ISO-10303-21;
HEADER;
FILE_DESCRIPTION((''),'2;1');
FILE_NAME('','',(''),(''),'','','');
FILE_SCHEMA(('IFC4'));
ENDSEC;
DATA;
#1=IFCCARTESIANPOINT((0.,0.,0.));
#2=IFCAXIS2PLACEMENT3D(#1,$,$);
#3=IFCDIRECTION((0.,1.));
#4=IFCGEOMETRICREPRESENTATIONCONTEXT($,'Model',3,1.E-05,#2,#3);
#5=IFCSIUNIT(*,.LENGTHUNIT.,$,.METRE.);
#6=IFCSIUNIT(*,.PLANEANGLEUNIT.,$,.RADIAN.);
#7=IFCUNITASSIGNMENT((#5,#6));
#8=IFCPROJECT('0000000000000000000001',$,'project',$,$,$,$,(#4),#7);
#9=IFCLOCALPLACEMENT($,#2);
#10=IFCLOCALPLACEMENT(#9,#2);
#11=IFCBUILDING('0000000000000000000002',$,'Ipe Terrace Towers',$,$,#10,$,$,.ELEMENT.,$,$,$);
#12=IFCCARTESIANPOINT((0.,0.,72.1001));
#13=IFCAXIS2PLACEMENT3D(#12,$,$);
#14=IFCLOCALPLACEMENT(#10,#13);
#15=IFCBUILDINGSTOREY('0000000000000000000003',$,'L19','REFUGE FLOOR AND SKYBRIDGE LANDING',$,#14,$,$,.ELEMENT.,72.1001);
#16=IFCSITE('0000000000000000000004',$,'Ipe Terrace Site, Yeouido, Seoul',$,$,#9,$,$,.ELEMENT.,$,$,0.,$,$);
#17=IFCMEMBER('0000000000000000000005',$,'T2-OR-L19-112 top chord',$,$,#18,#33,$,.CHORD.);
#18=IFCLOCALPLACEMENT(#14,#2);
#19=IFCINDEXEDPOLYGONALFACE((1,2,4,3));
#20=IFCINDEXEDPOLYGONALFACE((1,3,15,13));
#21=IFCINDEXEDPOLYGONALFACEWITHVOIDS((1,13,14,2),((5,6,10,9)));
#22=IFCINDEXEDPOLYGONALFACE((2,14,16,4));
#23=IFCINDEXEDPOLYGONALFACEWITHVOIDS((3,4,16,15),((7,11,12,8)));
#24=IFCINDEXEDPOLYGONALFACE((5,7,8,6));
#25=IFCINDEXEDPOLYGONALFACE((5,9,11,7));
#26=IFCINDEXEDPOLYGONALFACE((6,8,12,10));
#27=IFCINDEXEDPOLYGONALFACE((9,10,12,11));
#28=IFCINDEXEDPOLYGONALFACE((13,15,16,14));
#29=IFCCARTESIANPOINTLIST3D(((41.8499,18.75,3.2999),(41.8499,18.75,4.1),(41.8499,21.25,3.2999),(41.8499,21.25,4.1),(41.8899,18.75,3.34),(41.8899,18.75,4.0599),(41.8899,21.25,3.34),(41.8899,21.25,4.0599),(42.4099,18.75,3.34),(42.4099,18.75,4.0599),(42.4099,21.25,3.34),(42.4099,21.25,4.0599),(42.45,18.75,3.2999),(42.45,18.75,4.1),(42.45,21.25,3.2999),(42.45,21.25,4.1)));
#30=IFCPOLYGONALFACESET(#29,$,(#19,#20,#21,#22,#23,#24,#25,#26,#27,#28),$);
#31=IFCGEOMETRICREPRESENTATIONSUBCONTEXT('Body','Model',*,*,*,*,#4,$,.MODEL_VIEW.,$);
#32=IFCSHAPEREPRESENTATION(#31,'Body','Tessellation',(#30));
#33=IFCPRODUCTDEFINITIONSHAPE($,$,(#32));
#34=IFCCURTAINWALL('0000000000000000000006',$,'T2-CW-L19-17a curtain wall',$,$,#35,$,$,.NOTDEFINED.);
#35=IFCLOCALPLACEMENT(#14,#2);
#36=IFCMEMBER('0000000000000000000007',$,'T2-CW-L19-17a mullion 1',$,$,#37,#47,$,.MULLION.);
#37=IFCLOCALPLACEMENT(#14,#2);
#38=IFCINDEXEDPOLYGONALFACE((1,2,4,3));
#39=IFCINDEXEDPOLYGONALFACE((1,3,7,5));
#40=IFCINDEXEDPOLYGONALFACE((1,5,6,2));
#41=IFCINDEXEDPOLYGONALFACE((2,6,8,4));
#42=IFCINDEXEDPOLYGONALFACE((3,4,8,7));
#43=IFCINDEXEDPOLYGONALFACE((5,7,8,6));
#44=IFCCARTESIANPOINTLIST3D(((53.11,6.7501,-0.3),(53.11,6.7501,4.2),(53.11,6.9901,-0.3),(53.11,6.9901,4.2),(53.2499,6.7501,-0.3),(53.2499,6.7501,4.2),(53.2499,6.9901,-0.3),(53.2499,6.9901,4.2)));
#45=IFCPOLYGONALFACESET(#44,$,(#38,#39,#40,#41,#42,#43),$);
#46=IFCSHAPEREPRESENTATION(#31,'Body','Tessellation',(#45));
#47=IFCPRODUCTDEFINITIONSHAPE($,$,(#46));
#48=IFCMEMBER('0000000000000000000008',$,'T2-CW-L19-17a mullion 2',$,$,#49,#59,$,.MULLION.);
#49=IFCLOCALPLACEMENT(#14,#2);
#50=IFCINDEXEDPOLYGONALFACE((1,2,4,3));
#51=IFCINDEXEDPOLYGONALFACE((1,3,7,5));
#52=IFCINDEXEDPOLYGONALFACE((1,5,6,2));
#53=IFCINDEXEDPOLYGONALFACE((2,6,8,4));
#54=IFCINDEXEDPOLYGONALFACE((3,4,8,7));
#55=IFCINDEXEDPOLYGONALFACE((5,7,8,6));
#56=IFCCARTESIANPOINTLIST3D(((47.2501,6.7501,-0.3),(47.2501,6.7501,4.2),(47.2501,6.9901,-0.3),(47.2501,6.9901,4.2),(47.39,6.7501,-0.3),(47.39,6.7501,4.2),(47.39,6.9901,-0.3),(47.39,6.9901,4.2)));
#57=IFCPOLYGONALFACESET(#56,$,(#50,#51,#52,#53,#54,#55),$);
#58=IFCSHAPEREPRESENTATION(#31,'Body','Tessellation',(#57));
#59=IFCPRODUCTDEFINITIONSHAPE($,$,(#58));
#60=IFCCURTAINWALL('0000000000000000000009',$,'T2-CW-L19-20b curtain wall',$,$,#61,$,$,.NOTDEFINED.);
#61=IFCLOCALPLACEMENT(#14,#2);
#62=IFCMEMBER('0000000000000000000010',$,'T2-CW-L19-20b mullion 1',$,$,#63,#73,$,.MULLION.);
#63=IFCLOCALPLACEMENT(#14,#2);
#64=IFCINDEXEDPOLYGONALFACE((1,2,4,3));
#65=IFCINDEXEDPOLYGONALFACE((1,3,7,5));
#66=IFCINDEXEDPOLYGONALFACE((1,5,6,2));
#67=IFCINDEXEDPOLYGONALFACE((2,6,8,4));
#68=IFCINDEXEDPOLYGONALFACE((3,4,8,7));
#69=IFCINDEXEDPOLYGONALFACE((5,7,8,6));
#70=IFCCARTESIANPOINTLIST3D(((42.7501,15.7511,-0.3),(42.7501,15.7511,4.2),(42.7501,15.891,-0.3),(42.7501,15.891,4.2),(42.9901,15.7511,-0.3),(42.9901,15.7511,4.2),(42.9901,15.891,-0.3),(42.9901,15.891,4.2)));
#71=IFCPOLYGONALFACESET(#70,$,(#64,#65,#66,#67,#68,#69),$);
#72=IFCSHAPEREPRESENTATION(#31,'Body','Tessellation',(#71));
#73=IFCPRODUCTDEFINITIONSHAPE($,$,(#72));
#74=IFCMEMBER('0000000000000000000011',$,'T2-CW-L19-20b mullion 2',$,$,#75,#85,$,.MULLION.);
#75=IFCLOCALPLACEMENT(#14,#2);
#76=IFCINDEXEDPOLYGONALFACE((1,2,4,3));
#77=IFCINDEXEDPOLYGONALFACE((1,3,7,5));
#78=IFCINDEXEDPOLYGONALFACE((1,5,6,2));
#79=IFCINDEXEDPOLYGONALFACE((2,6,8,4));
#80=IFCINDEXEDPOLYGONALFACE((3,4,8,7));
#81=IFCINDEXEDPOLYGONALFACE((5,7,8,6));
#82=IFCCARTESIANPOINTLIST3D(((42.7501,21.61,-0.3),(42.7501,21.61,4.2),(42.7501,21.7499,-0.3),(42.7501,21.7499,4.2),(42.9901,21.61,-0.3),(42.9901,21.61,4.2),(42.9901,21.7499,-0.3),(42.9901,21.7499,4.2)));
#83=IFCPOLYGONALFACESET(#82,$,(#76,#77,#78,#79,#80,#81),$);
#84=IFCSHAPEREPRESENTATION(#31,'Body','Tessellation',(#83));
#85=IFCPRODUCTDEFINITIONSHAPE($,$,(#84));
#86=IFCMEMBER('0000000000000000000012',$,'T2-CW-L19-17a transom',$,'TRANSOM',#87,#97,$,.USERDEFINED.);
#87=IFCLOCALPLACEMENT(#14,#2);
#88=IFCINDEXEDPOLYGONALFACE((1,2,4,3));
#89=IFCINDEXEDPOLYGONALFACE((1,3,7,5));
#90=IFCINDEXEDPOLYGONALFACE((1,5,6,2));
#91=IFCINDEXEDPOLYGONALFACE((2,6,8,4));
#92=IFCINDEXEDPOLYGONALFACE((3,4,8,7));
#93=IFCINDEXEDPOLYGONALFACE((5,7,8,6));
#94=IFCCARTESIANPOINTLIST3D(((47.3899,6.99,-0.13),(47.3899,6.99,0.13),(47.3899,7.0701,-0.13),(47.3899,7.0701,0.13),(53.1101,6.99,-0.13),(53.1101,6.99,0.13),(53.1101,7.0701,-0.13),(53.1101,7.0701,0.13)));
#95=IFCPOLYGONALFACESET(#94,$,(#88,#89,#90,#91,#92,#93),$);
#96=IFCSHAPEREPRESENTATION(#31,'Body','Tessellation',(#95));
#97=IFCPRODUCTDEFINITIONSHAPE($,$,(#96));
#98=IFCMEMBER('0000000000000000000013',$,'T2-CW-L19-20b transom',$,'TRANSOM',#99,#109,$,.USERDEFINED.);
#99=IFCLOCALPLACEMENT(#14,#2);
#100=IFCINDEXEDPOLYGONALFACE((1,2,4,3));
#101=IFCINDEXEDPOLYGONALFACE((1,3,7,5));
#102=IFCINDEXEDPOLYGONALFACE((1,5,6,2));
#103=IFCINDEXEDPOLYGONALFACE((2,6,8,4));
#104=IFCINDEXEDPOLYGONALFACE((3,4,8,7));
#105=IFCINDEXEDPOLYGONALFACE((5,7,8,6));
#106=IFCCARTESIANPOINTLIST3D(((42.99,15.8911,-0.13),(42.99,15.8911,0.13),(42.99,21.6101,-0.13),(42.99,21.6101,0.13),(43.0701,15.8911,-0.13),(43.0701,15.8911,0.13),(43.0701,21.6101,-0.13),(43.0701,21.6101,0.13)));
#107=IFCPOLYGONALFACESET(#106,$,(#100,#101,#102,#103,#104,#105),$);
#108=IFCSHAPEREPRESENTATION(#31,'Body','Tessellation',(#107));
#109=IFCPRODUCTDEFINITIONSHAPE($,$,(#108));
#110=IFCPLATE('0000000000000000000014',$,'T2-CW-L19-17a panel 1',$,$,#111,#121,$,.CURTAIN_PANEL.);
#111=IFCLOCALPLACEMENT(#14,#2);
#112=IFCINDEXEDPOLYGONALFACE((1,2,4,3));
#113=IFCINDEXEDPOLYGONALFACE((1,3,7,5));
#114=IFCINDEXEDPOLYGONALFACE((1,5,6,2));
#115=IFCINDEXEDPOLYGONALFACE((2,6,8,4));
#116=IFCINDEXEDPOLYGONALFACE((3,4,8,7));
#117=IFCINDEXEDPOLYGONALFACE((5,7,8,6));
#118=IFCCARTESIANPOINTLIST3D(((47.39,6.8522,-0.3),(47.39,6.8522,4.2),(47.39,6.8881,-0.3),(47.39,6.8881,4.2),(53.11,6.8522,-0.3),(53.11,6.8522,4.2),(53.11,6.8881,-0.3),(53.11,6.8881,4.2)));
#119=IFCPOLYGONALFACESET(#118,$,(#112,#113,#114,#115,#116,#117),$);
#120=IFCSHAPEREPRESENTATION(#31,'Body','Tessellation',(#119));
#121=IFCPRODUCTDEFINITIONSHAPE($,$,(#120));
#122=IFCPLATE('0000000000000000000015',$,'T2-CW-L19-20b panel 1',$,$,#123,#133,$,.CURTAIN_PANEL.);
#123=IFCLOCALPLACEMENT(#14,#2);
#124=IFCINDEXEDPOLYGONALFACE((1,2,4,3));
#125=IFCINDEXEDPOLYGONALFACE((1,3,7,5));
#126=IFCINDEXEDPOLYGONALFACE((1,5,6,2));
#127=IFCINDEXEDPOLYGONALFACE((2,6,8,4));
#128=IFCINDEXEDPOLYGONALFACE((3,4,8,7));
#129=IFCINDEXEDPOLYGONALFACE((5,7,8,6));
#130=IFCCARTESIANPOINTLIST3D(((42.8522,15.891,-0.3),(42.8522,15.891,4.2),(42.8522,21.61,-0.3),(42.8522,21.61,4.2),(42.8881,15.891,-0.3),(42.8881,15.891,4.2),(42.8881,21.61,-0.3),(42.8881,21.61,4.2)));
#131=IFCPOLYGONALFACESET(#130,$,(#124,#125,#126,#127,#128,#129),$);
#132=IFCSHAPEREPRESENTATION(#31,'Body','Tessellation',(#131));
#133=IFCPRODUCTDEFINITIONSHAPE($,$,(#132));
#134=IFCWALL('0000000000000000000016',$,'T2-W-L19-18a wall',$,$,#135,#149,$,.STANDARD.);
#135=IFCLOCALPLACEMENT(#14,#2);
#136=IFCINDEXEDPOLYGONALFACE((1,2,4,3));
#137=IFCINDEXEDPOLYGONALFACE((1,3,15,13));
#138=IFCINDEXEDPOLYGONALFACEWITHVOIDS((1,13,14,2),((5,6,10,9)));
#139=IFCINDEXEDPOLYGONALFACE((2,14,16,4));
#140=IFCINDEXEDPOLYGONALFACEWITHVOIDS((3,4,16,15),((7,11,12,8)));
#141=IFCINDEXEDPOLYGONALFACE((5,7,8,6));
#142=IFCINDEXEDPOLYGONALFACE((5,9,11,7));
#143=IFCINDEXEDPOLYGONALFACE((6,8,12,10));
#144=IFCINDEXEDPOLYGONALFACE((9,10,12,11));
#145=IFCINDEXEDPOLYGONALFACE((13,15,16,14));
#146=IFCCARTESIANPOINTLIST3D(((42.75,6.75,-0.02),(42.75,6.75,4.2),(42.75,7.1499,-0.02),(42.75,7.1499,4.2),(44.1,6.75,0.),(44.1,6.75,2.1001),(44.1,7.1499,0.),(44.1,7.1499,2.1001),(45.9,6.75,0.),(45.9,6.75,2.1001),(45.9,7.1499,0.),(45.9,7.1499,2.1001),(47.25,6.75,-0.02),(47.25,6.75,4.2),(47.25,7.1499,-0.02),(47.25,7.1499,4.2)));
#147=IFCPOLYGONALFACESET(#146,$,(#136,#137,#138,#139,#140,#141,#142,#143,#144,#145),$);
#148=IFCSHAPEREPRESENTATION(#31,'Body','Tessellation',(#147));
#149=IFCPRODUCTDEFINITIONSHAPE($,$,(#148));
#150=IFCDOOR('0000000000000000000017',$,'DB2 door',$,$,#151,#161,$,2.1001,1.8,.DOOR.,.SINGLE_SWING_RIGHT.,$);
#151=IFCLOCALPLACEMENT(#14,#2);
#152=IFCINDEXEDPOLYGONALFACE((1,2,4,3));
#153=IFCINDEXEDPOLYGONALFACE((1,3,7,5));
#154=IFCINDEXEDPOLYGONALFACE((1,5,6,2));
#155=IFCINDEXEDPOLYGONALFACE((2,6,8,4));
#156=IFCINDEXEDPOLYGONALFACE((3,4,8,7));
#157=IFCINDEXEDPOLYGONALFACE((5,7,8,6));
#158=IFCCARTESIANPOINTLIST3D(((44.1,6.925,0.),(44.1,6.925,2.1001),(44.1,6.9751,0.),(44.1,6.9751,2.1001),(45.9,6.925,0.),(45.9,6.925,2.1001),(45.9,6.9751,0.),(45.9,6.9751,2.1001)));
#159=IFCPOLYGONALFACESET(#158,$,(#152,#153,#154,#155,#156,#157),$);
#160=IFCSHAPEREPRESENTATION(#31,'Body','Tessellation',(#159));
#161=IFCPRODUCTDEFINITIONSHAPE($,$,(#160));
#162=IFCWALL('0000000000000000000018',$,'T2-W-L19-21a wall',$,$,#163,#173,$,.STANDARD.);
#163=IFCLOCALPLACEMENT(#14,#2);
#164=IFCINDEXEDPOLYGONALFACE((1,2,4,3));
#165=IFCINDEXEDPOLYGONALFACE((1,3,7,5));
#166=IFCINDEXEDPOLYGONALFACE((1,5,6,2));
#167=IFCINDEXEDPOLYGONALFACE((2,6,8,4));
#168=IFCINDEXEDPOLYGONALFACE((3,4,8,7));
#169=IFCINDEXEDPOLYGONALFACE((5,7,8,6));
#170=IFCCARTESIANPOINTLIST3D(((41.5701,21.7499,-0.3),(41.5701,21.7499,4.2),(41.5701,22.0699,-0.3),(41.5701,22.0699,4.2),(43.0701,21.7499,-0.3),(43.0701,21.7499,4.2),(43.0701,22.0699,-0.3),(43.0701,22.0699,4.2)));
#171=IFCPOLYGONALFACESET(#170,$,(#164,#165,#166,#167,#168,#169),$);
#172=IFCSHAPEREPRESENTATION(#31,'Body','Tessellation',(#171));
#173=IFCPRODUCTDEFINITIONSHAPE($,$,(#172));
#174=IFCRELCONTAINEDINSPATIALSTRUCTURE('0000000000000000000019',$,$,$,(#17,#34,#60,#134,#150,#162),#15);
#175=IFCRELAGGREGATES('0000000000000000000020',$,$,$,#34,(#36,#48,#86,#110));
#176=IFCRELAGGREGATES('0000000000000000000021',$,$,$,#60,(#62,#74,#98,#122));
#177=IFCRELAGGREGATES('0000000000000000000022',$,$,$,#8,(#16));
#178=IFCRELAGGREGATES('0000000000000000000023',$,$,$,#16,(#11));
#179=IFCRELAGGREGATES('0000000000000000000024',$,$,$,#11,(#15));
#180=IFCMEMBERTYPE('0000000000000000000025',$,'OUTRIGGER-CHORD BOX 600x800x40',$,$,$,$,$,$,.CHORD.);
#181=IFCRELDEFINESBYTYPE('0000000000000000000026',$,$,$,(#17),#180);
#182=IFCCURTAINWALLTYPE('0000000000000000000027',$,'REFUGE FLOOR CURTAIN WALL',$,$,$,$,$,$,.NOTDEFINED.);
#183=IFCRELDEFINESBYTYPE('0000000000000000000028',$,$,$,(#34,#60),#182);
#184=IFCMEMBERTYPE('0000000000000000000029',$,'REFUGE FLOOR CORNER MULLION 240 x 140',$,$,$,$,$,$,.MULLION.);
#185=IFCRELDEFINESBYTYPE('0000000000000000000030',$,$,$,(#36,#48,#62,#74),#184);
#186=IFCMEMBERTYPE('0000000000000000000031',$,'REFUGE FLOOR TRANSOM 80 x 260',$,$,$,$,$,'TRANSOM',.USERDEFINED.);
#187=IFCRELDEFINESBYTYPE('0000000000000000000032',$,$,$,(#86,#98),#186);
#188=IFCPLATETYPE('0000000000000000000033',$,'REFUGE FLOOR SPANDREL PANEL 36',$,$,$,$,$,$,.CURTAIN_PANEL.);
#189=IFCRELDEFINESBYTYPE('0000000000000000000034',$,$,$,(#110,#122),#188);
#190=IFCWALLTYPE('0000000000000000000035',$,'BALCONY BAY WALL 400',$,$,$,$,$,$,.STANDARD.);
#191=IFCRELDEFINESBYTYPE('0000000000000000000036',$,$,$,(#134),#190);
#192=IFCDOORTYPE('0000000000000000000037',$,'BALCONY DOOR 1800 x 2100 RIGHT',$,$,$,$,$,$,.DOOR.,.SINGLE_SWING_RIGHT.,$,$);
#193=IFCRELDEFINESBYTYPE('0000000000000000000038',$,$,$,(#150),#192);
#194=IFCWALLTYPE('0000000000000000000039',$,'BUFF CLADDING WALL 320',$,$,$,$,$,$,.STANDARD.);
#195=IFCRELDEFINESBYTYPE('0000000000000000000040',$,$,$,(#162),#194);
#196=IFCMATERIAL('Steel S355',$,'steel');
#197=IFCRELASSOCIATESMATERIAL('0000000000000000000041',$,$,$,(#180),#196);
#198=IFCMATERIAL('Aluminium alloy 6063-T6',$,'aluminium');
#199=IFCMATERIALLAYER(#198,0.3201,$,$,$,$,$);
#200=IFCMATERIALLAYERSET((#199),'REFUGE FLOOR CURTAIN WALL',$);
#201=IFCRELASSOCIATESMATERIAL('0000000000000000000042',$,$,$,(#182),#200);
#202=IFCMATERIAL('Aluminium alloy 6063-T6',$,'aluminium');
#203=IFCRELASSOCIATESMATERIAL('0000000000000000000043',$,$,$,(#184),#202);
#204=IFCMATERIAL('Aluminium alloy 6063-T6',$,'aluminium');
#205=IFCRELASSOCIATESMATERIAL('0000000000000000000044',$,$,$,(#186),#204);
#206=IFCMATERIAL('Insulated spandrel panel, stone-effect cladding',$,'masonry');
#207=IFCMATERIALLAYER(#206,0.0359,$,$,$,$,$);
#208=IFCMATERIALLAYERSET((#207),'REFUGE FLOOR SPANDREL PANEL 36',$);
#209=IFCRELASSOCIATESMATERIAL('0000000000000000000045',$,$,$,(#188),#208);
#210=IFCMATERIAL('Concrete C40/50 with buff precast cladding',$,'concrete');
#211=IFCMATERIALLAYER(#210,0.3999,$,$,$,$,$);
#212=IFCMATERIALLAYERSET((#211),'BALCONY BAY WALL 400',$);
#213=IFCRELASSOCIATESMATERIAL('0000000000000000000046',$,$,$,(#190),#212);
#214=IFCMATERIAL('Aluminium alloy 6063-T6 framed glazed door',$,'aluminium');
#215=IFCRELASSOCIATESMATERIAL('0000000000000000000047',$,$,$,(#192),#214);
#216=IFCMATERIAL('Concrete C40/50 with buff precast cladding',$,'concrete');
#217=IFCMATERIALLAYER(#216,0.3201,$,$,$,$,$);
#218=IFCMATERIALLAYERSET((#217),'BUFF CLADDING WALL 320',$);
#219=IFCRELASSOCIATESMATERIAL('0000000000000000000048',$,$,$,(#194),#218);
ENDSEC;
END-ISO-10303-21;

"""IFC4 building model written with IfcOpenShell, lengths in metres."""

from ifc_helpers import new_model, si_unit, direction, frame, frame_2d, origin, origin_2d, place, context, subcontext, project, spatial, rectangle, hollow_rectangle, extrude, material, layer, layer_set, material_profile, profile_set, type_object, element, fill, aggregate, save


model = new_model("IFC4")

# Units and contexts
model_context = context("Model", 3, precision=1e-05, world=origin(), true_north=direction((0.0, 1.0)))
body_context = subcontext(model_context, "Body", "Model", "MODEL_VIEW")
ifc_project = project(units=[si_unit("LENGTHUNIT", "METRE"), si_unit("PLANEANGLEUNIT", "RADIAN")], contexts=[model_context])

# Site, building, storey
site_placement = place(None, origin())
site = spatial("IfcSite", under=ifc_project, at=site_placement, Name="Ipe Terrace Site, Yeouido, Seoul", CompositionType="ELEMENT", RefElevation=0.0)
building_placement = place(site_placement, origin())
building = spatial("IfcBuilding", under=site, at=building_placement, Name="Ipe Terrace Towers", CompositionType="ELEMENT")
storey_placement = place(building_placement, frame((0.0, 0.0, 72.1001)))
storey = spatial("IfcBuildingStorey", under=building, at=storey_placement, Name="L19", Description="REFUGE FLOOR AND SKYBRIDGE LANDING", CompositionType="ELEMENT", Elevation=72.1001)

# Member
ifc_material_1 = material(Name="Steel S355", Category="steel")
ifc_material_profile_1 = material_profile(ifc_material_1, hollow_rectangle(XDim=0.6001, YDim=0.8, WallThickness=0.04, at=origin_2d()), Name="OUTRIGGER-CHORD BOX 600x800x40")
ifc_profile_set_1 = profile_set([ifc_material_profile_1], Name="Steel S355")
member_type_1 = type_object("IfcMemberType", Name="OUTRIGGER-CHORD BOX 600x800x40", PredefinedType="CHORD", material=ifc_profile_set_1)
member_1_placement = place(storey_placement, frame((42.1499, 18.75, 3.7), z_axis=(0.0, 1.0, 0.0), x_axis=(-1.0, 0.0, 0.0)))
element("IfcMember", 1, at=member_1_placement, inside=storey, type_object=member_type_1, Name="T2-OR-L19-112 top chord", PredefinedType="CHORD", context=body_context, shape_type="SweptSolid", body=[
    extrude(hollow_rectangle(XDim=0.6001, YDim=0.8, WallThickness=0.04, at=origin_2d()), origin(), (0.0, 0.0, 1.0), 2.5),
])

# Curtain walls, members
ifc_material_2 = material(Name="Aluminium alloy 6063-T6", Category="aluminium")
ifc_layer_1 = layer(ifc_material_2, 0.3201)
ifc_layer_set_1 = layer_set([ifc_layer_1], Name="REFUGE FLOOR CURTAIN WALL")
curtain_wall_type = type_object("IfcCurtainWallType", Name="REFUGE FLOOR CURTAIN WALL", PredefinedType="NOTDEFINED", material=ifc_layer_set_1)
curtain_wall_1_placement = place(storey_placement, origin())
curtain_wall_1 = element("IfcCurtainWall", 2, at=curtain_wall_1_placement, inside=storey, type_object=curtain_wall_type, Name="T2-CW-L19-17a curtain wall", PredefinedType="NOTDEFINED")
ifc_material_3 = material(Name="Aluminium alloy 6063-T6", Category="aluminium")
ifc_material_profile_2 = material_profile(ifc_material_3, rectangle(XDim=0.24, YDim=0.1399, at=origin_2d()), Name="REFUGE FLOOR CORNER MULLION 240 x 140")
ifc_profile_set_2 = profile_set([ifc_material_profile_2], Name="Aluminium alloy 6063-T6")
member_type_2 = type_object("IfcMemberType", Name="REFUGE FLOOR CORNER MULLION 240 x 140", PredefinedType="MULLION", material=ifc_profile_set_2)
member_2_placement = place(storey_placement, frame((53.1799, 6.8701, -0.3), z_axis=(0.0, 0.0, 1.0), x_axis=(0.0, 1.0, 0.0)))
member_2 = element("IfcMember", 3, at=member_2_placement, type_object=member_type_2, Name="T2-CW-L19-17a mullion 1", PredefinedType="MULLION", context=body_context, shape_type="SweptSolid", body=[
    extrude(rectangle(XDim=0.24, YDim=0.1399, at=origin_2d()), origin(), (0.0, 0.0, 1.0), 4.5),
])
member_3_placement = place(storey_placement, frame((47.3201, 6.8701, -0.3), z_axis=(0.0, 0.0, 1.0), x_axis=(0.0, 1.0, 0.0)))
member_3 = element("IfcMember", 4, at=member_3_placement, type_object=member_type_2, Name="T2-CW-L19-17a mullion 2", PredefinedType="MULLION", context=body_context, shape_type="SweptSolid", body=[
    extrude(rectangle(XDim=0.24, YDim=0.1399, at=origin_2d()), origin(), (0.0, 0.0, 1.0), 4.5),
])
curtain_wall_2_placement = place(storey_placement, origin())
curtain_wall_2 = element("IfcCurtainWall", 5, at=curtain_wall_2_placement, inside=storey, type_object=curtain_wall_type, Name="T2-CW-L19-20b curtain wall", PredefinedType="NOTDEFINED")
member_4_placement = place(storey_placement, frame((42.8701, 15.821, -0.3), z_axis=(0.0, 0.0, 1.0), x_axis=(1.0, 0.0, 0.0)))
member_4 = element("IfcMember", 6, at=member_4_placement, type_object=member_type_2, Name="T2-CW-L19-20b mullion 1", PredefinedType="MULLION", context=body_context, shape_type="SweptSolid", body=[
    extrude(rectangle(XDim=0.24, YDim=0.1399, at=origin_2d()), origin(), (0.0, 0.0, 1.0), 4.5),
])
member_5_placement = place(storey_placement, frame((42.8701, 21.6799, -0.3), z_axis=(0.0, 0.0, 1.0), x_axis=(1.0, 0.0, 0.0)))
member_5 = element("IfcMember", 7, at=member_5_placement, type_object=member_type_2, Name="T2-CW-L19-20b mullion 2", PredefinedType="MULLION", context=body_context, shape_type="SweptSolid", body=[
    extrude(rectangle(XDim=0.24, YDim=0.1399, at=origin_2d()), origin(), (0.0, 0.0, 1.0), 4.5),
])

# Members
ifc_material_4 = material(Name="Aluminium alloy 6063-T6", Category="aluminium")
ifc_material_profile_3 = material_profile(ifc_material_4, rectangle(XDim=0.0801, YDim=0.26, at=origin_2d()), Name="REFUGE FLOOR TRANSOM 80 x 260")
ifc_profile_set_3 = profile_set([ifc_material_profile_3], Name="Aluminium alloy 6063-T6")
member_type_3 = type_object("IfcMemberType", Name="REFUGE FLOOR TRANSOM 80 x 260", ElementType="TRANSOM", PredefinedType="USERDEFINED", material=ifc_profile_set_3)
member_6_placement = place(storey_placement, frame((53.1101, 7.03, 0.0), z_axis=(-1.0, 0.0, 0.0), x_axis=(0.0, 1.0, 0.0)))
member_6 = element("IfcMember", 8, at=member_6_placement, type_object=member_type_3, Name="T2-CW-L19-17a transom", ObjectType="TRANSOM", PredefinedType="USERDEFINED", context=body_context, shape_type="SweptSolid", body=[
    extrude(rectangle(XDim=0.0801, YDim=0.26, at=origin_2d()), origin(), (0.0, 0.0, 1.0), 5.7202),
])
member_7_placement = place(storey_placement, frame((43.03, 15.8911, 0.0), z_axis=(0.0, 1.0, 0.0), x_axis=(1.0, 0.0, 0.0)))
member_7 = element("IfcMember", 9, at=member_7_placement, type_object=member_type_3, Name="T2-CW-L19-20b transom", ObjectType="TRANSOM", PredefinedType="USERDEFINED", context=body_context, shape_type="SweptSolid", body=[
    extrude(rectangle(XDim=0.0801, YDim=0.26, at=origin_2d()), origin(), (0.0, 0.0, 1.0), 5.719),
])

# Plates
ifc_material_5 = material(Name="Insulated spandrel panel, stone-effect cladding", Category="masonry")
ifc_layer_2 = layer(ifc_material_5, 0.0359)
ifc_layer_set_2 = layer_set([ifc_layer_2], Name="REFUGE FLOOR SPANDREL PANEL 36")
plate_type = type_object("IfcPlateType", Name="REFUGE FLOOR SPANDREL PANEL 36", PredefinedType="CURTAIN_PANEL", material=ifc_layer_set_2)
plate_1_placement = place(storey_placement, frame((50.25, 6.8701, -0.3), z_axis=(0.0, 0.0, 1.0), x_axis=(-1.0, 0.0, 0.0)))
plate_1 = element("IfcPlate", 10, at=plate_1_placement, type_object=plate_type, Name="T2-CW-L19-17a panel 1", PredefinedType="CURTAIN_PANEL", context=body_context, shape_type="SweptSolid", body=[
    extrude(rectangle(XDim=5.72, YDim=0.0359, at=origin_2d()), origin(), (0.0, 0.0, 1.0), 4.5),
])
aggregate(curtain_wall_1, [member_2, member_3, member_6, plate_1])
plate_2_placement = place(storey_placement, frame((42.8701, 18.7505, -0.3), z_axis=(0.0, 0.0, 1.0), x_axis=(0.0, 1.0, 0.0)))
plate_2 = element("IfcPlate", 11, at=plate_2_placement, type_object=plate_type, Name="T2-CW-L19-20b panel 1", PredefinedType="CURTAIN_PANEL", context=body_context, shape_type="SweptSolid", body=[
    extrude(rectangle(XDim=5.719, YDim=0.0359, at=origin_2d()), origin(), (0.0, 0.0, 1.0), 4.5),
])
aggregate(curtain_wall_2, [member_4, member_5, member_7, plate_2])

# Wall, opening, door
ifc_material_6 = material(Name="Concrete C40/50 with buff precast cladding", Category="concrete")
ifc_layer_3 = layer(ifc_material_6, 0.3999)
ifc_layer_set_3 = layer_set([ifc_layer_3], Name="BALCONY BAY WALL 400")
wall_type_1 = type_object("IfcWallType", Name="BALCONY BAY WALL 400", PredefinedType="STANDARD", material=ifc_layer_set_3)
wall_1_placement = place(storey_placement, frame((47.25, 6.95, -0.02), z_axis=(0.0, 0.0, 1.0), x_axis=(-1.0, 0.0, 0.0)))
wall_1 = element("IfcWall", 12, at=wall_1_placement, inside=storey, type_object=wall_type_1, Name="T2-W-L19-18a wall", PredefinedType="STANDARD", context=body_context, shape_type="SweptSolid", body=[
    extrude(rectangle(XDim=4.5, YDim=0.3999, at=frame_2d((2.25, 0.0))), origin(), (0.0, 0.0, 1.0), 4.22),
])
opening_placement = place(wall_1_placement, frame((1.3501, 0.0, 0.02)))
opening = element("IfcOpeningElement", 13, at=opening_placement, cuts=wall_1, PredefinedType="OPENING", context=body_context, shape_type="SweptSolid", body=[
    extrude(rectangle(XDim=1.8, YDim=2.1001, at=frame_2d((0.8999, 1.05))), frame((0.0, 0.21, 0.0), z_axis=(0.0, -1.0, 0.0), x_axis=(1.0, 0.0, 0.0)), (0.0, 0.0, 1.0), 0.4199),
])
ifc_material_7 = material(Name="Aluminium alloy 6063-T6 framed glazed door", Category="aluminium")
door_type = type_object("IfcDoorType", Name="BALCONY DOOR 1800 x 2100 RIGHT", OperationType="SINGLE_SWING_RIGHT", PredefinedType="DOOR", material=ifc_material_7)
door_placement = place(opening_placement, origin())
door = element("IfcDoor", 14, at=door_placement, inside=storey, type_object=door_type, Name="DB2 door", OperationType="SINGLE_SWING_RIGHT", OverallHeight=2.1001, OverallWidth=1.8, PredefinedType="DOOR", context=body_context, shape_type="SweptSolid", body=[
    extrude(rectangle(XDim=1.8, YDim=2.1001, at=frame_2d((0.8999, 1.05))), frame((0.0, 0.0249, 0.0), z_axis=(0.0, -1.0, 0.0), x_axis=(1.0, 0.0, 0.0)), (0.0, 0.0, 1.0), 0.05),
])
fill(opening, door)

# Wall
ifc_material_8 = material(Name="Concrete C40/50 with buff precast cladding", Category="concrete")
ifc_layer_4 = layer(ifc_material_8, 0.3201)
ifc_layer_set_4 = layer_set([ifc_layer_4], Name="BUFF CLADDING WALL 320")
wall_type_2 = type_object("IfcWallType", Name="BUFF CLADDING WALL 320", PredefinedType="STANDARD", material=ifc_layer_set_4)
wall_2_placement = place(storey_placement, frame((43.0701, 21.9099, -0.3), z_axis=(0.0, 0.0, 1.0), x_axis=(-1.0, 0.0, 0.0)))
element("IfcWall", 15, at=wall_2_placement, inside=storey, type_object=wall_type_2, Name="T2-W-L19-21a wall", PredefinedType="STANDARD", context=body_context, shape_type="SweptSolid", body=[
    extrude(rectangle(XDim=1.5, YDim=0.3201, at=frame_2d((0.75, 0.0))), origin(), (0.0, 0.0, 1.0), 4.5),
])

save(model, "model.ifc")
